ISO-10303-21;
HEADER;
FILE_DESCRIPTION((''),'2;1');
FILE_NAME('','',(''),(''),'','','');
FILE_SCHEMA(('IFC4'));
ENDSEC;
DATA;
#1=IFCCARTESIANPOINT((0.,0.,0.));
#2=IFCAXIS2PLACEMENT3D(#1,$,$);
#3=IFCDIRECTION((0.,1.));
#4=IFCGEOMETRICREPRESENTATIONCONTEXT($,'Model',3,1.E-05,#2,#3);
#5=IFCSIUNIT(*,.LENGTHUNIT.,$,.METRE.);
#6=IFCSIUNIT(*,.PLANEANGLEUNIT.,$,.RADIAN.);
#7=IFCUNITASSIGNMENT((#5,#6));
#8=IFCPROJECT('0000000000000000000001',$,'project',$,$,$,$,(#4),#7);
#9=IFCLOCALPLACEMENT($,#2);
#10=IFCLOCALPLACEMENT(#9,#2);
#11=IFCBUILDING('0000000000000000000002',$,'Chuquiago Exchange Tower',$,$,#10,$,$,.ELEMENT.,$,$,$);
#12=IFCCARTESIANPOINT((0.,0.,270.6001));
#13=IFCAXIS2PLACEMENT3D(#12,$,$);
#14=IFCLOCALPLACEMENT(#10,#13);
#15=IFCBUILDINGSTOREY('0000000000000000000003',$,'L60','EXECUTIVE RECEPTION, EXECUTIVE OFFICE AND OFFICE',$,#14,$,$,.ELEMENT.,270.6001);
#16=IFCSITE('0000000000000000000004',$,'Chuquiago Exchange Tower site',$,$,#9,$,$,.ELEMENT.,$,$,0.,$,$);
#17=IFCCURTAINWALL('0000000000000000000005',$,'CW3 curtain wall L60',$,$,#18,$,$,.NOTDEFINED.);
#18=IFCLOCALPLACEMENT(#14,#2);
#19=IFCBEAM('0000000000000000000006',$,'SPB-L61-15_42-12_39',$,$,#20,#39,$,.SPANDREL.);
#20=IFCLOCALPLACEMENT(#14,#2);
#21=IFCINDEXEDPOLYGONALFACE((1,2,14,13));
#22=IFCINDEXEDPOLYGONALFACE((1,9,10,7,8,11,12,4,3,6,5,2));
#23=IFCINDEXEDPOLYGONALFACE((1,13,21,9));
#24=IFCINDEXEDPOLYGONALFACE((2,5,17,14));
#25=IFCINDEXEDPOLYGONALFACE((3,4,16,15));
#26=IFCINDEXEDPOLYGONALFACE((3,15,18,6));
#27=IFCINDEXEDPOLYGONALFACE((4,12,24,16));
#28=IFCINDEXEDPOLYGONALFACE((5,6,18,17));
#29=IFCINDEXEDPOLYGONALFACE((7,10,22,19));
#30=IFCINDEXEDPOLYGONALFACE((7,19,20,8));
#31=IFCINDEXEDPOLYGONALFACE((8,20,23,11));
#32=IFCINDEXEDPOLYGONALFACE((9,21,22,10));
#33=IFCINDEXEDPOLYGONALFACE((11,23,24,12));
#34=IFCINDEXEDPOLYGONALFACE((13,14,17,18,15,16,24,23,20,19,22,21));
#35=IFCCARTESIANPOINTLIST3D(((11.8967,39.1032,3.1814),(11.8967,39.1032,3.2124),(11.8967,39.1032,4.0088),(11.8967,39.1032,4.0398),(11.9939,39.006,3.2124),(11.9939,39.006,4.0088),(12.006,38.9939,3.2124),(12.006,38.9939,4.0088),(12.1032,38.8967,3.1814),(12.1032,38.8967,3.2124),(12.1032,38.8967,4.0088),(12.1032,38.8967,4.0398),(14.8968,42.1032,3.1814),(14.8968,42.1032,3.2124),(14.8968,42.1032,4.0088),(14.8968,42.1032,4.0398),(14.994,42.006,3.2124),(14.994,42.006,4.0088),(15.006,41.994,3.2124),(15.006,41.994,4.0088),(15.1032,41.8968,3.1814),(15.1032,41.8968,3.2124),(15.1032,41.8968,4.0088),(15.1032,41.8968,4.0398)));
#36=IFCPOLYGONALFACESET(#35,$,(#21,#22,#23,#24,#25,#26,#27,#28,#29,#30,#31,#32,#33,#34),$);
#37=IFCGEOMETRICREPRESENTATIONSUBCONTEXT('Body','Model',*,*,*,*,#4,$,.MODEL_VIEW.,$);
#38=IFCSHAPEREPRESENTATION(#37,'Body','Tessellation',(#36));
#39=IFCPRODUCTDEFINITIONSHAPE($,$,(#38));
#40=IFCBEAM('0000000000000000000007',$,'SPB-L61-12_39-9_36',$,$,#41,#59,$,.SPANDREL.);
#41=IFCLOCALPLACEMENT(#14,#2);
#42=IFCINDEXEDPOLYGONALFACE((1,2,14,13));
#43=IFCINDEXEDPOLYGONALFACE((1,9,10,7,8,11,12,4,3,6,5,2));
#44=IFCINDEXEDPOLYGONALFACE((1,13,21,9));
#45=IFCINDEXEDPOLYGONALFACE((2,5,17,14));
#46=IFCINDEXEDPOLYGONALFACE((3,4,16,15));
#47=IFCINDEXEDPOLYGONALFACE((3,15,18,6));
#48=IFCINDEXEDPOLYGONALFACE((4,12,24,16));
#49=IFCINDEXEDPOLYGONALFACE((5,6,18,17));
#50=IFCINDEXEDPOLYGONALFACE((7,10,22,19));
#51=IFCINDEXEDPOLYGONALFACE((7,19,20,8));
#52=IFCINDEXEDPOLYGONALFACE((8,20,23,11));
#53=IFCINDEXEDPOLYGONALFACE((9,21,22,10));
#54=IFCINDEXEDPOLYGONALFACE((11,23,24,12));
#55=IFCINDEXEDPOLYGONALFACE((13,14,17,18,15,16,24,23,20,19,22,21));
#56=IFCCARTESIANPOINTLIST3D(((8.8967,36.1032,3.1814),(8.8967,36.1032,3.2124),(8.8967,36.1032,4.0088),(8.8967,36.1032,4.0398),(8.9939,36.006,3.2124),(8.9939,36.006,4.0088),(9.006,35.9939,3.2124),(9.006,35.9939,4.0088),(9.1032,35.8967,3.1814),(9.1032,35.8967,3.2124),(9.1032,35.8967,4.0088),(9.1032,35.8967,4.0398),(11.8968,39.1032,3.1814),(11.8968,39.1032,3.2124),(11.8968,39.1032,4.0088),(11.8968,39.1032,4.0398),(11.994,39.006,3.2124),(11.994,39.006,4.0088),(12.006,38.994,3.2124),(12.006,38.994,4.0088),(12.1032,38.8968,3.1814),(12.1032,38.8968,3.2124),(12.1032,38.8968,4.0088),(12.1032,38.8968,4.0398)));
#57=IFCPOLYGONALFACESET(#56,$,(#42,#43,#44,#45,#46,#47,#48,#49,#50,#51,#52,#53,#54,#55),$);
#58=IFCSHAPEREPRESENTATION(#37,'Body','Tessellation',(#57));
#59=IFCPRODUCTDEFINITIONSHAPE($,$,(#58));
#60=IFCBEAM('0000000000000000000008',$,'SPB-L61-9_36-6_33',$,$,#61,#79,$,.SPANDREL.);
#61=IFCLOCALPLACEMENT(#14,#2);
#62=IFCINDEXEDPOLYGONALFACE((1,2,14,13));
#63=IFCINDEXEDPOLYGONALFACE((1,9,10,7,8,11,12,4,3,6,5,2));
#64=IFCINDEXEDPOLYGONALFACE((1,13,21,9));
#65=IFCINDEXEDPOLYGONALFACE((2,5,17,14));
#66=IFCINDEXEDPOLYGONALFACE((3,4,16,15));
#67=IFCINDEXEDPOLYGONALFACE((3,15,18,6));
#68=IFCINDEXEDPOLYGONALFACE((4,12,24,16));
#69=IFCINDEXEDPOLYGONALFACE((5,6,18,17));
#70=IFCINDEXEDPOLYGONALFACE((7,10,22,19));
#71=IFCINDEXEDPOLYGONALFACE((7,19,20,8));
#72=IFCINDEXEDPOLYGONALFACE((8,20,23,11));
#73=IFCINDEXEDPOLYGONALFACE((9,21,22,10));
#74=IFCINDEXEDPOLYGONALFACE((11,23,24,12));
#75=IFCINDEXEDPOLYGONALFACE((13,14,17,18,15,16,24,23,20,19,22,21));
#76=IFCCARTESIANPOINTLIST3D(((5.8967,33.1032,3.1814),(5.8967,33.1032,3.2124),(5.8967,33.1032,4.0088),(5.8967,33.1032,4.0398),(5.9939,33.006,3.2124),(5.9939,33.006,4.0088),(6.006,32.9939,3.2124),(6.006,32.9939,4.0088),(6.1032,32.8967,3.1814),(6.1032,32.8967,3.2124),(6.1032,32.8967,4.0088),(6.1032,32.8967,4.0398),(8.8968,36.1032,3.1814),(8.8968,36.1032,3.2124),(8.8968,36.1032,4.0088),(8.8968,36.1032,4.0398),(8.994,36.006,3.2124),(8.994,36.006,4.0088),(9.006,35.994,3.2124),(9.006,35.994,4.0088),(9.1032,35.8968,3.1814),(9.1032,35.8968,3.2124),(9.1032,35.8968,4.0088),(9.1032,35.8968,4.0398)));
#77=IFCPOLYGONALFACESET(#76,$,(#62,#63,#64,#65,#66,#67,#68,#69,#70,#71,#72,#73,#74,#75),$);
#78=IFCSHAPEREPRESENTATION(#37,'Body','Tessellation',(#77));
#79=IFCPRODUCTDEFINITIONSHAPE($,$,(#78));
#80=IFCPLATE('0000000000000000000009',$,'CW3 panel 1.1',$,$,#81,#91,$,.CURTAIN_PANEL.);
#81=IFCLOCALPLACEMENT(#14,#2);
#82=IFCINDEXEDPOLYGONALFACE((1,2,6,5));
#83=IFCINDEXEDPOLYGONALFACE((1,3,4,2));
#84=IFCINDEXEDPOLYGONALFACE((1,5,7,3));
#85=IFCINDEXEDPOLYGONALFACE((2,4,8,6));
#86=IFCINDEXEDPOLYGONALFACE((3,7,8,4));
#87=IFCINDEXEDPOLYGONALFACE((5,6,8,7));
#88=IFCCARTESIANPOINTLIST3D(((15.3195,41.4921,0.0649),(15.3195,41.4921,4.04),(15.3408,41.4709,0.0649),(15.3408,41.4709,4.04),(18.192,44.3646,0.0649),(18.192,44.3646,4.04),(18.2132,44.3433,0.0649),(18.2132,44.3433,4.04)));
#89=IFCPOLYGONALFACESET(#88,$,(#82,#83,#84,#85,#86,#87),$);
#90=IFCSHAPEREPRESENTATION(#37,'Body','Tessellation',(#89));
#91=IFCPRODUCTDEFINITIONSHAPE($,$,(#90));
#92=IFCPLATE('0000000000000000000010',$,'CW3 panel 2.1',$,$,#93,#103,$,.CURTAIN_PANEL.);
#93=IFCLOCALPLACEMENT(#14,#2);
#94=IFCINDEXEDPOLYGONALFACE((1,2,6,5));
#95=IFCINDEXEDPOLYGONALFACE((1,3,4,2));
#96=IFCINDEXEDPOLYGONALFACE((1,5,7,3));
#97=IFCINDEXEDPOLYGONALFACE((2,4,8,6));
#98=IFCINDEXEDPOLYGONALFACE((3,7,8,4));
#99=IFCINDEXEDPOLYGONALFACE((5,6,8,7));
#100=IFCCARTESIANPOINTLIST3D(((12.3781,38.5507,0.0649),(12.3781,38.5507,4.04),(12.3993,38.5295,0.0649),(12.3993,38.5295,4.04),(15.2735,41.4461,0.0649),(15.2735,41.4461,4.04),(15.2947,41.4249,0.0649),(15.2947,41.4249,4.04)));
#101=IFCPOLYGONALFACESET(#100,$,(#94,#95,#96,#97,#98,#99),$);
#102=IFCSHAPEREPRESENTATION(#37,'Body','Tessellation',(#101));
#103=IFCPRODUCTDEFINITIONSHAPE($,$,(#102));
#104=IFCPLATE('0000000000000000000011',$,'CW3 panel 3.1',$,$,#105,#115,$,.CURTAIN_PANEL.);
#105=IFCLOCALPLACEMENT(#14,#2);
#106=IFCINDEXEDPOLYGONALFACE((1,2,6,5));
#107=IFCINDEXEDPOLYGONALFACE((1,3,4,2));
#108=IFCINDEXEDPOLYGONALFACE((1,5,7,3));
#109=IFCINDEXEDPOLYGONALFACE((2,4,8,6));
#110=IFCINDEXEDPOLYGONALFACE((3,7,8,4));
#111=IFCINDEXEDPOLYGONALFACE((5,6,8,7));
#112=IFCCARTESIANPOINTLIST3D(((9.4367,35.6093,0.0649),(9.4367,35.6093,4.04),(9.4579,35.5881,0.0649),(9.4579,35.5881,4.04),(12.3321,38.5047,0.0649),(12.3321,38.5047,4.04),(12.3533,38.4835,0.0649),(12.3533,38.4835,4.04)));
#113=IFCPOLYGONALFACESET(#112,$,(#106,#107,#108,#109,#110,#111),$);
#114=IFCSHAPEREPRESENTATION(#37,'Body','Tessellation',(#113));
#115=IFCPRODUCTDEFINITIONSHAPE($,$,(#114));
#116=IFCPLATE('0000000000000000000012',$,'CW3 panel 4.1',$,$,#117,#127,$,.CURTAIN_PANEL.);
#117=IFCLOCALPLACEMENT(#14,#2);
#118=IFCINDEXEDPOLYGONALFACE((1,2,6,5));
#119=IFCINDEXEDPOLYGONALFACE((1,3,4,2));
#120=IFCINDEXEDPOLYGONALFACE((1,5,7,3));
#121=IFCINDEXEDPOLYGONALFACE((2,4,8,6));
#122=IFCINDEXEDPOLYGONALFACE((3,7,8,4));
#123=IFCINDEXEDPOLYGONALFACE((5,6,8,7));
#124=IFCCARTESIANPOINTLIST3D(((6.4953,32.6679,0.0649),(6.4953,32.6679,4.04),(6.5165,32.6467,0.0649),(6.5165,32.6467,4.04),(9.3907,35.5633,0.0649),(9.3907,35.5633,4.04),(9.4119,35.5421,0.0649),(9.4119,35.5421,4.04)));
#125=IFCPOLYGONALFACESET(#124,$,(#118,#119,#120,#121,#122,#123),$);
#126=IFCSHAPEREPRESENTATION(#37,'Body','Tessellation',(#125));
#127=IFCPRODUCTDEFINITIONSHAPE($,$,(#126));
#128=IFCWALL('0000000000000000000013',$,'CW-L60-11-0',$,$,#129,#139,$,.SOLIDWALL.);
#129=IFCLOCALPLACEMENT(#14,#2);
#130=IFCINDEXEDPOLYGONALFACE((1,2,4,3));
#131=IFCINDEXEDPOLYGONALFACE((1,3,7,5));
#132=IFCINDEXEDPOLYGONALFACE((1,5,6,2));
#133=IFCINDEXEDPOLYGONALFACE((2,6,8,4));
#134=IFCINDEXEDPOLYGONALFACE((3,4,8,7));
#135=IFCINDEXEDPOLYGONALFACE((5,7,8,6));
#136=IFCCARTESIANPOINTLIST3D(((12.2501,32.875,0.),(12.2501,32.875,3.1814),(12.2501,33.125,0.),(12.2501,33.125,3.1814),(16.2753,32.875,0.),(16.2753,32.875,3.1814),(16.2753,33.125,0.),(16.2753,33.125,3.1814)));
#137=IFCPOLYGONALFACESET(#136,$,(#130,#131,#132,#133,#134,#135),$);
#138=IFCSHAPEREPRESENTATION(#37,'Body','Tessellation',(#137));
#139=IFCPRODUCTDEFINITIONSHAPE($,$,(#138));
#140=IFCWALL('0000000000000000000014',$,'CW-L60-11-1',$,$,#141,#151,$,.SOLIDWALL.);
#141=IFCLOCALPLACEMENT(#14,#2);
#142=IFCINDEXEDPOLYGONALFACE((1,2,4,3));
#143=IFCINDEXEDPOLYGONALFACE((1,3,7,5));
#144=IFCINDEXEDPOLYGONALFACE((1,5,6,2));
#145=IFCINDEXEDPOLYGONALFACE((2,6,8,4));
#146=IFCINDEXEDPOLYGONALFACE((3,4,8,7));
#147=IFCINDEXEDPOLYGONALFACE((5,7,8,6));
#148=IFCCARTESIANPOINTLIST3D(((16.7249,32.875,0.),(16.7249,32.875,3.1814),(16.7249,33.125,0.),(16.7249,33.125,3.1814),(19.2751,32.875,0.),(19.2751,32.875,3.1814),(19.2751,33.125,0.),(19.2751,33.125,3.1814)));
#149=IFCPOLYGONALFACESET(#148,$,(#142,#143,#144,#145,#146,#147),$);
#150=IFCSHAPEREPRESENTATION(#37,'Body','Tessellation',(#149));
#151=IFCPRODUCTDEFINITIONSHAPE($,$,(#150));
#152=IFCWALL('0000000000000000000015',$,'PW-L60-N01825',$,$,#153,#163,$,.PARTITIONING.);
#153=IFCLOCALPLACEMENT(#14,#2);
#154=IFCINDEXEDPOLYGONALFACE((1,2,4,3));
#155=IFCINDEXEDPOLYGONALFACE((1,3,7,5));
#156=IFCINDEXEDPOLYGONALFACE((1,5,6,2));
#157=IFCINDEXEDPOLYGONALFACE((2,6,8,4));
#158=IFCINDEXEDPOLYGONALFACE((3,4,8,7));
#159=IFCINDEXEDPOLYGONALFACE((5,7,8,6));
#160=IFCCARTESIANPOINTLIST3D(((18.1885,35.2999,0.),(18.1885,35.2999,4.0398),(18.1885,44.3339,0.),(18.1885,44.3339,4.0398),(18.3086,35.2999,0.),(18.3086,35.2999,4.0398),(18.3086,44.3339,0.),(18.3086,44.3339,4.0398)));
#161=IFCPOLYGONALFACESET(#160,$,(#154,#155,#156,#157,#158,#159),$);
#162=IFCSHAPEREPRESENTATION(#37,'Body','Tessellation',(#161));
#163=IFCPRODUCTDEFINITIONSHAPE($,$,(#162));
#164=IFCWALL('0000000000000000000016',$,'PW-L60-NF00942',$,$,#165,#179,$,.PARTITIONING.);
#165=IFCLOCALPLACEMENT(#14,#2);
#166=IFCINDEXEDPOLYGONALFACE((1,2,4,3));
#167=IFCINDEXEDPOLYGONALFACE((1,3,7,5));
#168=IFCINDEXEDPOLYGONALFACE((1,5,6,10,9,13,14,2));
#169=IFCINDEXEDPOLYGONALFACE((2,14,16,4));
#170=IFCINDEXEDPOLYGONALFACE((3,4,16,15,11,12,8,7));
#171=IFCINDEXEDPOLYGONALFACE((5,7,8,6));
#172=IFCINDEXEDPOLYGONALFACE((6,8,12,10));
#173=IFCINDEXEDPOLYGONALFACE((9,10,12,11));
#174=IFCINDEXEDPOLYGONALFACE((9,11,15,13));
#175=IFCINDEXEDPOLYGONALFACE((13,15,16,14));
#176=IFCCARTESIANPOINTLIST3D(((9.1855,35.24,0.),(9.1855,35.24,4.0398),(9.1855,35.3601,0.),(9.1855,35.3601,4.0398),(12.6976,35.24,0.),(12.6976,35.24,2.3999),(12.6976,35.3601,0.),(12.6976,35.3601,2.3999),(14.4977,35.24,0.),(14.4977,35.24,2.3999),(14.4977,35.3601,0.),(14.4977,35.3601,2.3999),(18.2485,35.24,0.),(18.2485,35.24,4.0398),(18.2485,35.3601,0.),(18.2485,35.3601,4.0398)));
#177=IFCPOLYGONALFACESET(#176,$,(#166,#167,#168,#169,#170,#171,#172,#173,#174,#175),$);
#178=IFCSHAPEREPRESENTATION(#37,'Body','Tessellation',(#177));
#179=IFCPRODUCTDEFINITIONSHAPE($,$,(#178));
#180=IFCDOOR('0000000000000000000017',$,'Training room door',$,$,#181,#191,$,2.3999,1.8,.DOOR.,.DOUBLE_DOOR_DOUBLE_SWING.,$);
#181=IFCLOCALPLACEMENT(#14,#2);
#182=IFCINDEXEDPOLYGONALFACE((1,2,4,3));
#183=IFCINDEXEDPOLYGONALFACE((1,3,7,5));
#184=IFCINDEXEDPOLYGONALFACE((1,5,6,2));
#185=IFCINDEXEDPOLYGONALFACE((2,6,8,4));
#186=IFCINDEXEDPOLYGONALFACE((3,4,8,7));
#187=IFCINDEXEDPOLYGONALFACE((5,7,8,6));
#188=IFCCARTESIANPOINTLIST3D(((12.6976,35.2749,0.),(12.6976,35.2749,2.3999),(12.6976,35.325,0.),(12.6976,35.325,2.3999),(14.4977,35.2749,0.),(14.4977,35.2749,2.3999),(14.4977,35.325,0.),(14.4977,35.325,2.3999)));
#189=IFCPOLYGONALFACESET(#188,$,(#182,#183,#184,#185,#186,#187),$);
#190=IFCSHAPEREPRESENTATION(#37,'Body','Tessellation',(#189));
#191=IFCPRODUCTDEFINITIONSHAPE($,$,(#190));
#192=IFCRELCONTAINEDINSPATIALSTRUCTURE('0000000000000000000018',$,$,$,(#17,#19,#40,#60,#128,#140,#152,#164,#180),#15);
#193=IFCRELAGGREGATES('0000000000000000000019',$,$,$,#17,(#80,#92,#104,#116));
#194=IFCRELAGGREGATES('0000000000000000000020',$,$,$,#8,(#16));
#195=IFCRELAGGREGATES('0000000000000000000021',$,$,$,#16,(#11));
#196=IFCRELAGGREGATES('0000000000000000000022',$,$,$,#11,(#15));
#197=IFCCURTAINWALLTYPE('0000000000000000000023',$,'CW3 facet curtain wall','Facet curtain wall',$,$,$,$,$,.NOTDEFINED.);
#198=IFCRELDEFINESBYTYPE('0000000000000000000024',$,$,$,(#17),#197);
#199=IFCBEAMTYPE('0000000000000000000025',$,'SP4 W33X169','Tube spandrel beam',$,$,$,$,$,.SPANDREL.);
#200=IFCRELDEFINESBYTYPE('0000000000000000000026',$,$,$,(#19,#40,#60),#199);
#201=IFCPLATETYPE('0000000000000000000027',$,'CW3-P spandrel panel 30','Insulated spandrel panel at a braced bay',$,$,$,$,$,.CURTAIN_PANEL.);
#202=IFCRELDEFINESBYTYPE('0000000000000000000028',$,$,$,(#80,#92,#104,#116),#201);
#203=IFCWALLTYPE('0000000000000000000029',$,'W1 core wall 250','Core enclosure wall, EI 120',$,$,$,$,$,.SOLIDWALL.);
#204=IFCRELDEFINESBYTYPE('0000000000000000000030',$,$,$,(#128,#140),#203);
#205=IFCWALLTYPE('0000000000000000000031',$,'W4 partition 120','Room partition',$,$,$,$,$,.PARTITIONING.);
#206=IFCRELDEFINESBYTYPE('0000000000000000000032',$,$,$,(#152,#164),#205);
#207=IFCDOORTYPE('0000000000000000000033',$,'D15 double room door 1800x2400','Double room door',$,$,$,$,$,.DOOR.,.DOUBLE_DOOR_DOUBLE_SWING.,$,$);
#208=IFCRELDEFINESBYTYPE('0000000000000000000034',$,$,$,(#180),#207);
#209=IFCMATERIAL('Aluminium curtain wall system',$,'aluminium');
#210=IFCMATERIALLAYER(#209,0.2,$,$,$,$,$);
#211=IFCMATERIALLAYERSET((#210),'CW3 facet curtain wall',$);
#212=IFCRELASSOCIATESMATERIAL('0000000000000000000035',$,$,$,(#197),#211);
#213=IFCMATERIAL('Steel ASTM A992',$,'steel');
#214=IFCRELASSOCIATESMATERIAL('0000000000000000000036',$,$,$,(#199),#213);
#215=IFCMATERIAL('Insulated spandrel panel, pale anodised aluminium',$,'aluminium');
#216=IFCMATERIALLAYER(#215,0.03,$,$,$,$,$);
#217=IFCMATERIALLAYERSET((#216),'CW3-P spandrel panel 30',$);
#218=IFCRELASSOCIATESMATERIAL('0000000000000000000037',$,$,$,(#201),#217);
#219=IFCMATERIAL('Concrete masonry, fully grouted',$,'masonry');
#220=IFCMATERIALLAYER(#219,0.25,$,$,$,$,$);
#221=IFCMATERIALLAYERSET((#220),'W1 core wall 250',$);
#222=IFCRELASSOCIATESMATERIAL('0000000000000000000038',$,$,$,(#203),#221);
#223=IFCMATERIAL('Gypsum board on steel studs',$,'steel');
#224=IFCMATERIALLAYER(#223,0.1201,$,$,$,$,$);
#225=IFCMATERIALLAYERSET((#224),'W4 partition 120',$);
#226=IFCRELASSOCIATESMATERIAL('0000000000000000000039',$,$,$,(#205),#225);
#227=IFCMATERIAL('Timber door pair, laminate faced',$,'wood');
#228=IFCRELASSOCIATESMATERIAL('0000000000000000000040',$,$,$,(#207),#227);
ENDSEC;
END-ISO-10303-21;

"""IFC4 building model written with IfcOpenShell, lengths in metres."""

from ifc_helpers import new_model, si_unit, direction, frame, frame_2d, origin, origin_2d, place, context, subcontext, project, spatial, rectangle, i_section, extrude, material, layer, layer_set, material_profile, profile_set, type_object, element, fill, aggregate, save


model = new_model("IFC4")

# Units and contexts
model_context = context("Model", 3, precision=1e-05, world=origin(), true_north=direction((0.0, 1.0)))
body_context = subcontext(model_context, "Body", "Model", "MODEL_VIEW")
ifc_project = project(units=[si_unit("LENGTHUNIT", "METRE"), si_unit("PLANEANGLEUNIT", "RADIAN")], contexts=[model_context])

# Site, building, storey
site_placement = place(None, origin())
site = spatial("IfcSite", under=ifc_project, at=site_placement, Name="Chuquiago Exchange Tower site", CompositionType="ELEMENT", RefElevation=0.0)
building_placement = place(site_placement, origin())
building = spatial("IfcBuilding", under=site, at=building_placement, Name="Chuquiago Exchange Tower", CompositionType="ELEMENT")
storey_placement = place(building_placement, frame((0.0, 0.0, 270.6001)))
storey = spatial("IfcBuildingStorey", under=building, at=storey_placement, Name="L60", Description="EXECUTIVE RECEPTION, EXECUTIVE OFFICE AND OFFICE", CompositionType="ELEMENT", Elevation=270.6001)

# Curtain wall
ifc_material_1 = material(Name="Aluminium curtain wall system", Category="aluminium")
ifc_layer_1 = layer(ifc_material_1, 0.2)
ifc_layer_set_1 = layer_set([ifc_layer_1], Name="CW3 facet curtain wall")
curtain_wall_type = type_object("IfcCurtainWallType", Name="CW3 facet curtain wall", Description="Facet curtain wall", PredefinedType="NOTDEFINED", material=ifc_layer_set_1)
curtain_wall_placement = place(storey_placement, origin())
curtain_wall = element("IfcCurtainWall", 1, at=curtain_wall_placement, inside=storey, type_object=curtain_wall_type, Name="CW3 curtain wall L60", PredefinedType="NOTDEFINED")

# Beams
ifc_material_2 = material(Name="Steel ASTM A992", Category="steel")
ifc_material_profile_1 = material_profile(ifc_material_2, i_section(OverallWidth=0.292, OverallDepth=0.8584, WebThickness=0.0171, FlangeThickness=0.031, at=origin_2d()), Name="W33X169")
ifc_profile_set_1 = profile_set([ifc_material_profile_1], Name="Steel ASTM A992")
beam_type_1 = type_object("IfcBeamType", Name="SP4 W33X169", Description="Tube spandrel beam", PredefinedType="SPANDREL", material=ifc_profile_set_1)
for number, where, z_axis, x_axis, name in (
    (2, (15.0, 42.0, 3.6106), (-0.707107, -0.707107, 0.0), (0.707107, -0.707107, 0.0), "SPB-L61-15_42-12_39"),
    (3, (12.0, 39.0, 3.6106), (-0.707107, -0.707107, 0.0), (0.707107, -0.707107, 0.0), "SPB-L61-12_39-9_36"),
    (4, (9.0, 36.0, 3.6106), (-0.707107, -0.707107, 0.0), (0.707107, -0.707107, 0.0), "SPB-L61-9_36-6_33"),
):
    element("IfcBeam", number, at=place(storey_placement, frame(where, z_axis=z_axis, x_axis=x_axis)), inside=storey, type_object=beam_type_1, Name=name, PredefinedType="SPANDREL", context=body_context, shape_type="SweptSolid", body=[
        extrude(i_section(OverallWidth=0.292, OverallDepth=0.8584, WebThickness=0.0171, FlangeThickness=0.031, at=origin_2d()), origin(), (0.0, 0.0, 1.0), 4.2427),
    ])

# Plates
ifc_material_3 = material(Name="Insulated spandrel panel, pale anodised aluminium", Category="aluminium")
ifc_layer_2 = layer(ifc_material_3, 0.03)
ifc_layer_set_2 = layer_set([ifc_layer_2], Name="CW3-P spandrel panel 30")
plate_type = type_object("IfcPlateType", Name="CW3-P spandrel panel 30", Description="Insulated spandrel panel at a braced bay", PredefinedType="CURTAIN_PANEL", material=ifc_layer_set_2)
plate_1_placement = place(storey_placement, frame((16.7664, 42.9177, 0.0649), z_axis=(0.0, 0.0, 1.0), x_axis=(-0.707107, -0.707107, 0.0)))
plate_1 = element("IfcPlate", 5, at=plate_1_placement, type_object=plate_type, Name="CW3 panel 1.1", PredefinedType="CURTAIN_PANEL", context=body_context, shape_type="SweptSolid", body=[
    extrude(rectangle(XDim=4.0623, YDim=0.03, at=origin_2d()), origin(), (0.0, 0.0, 1.0), 3.9751),
])
plate_2_placement = place(storey_placement, frame((13.8364, 39.9878, 0.0649), z_axis=(0.0, 0.0, 1.0), x_axis=(-0.707107, -0.707107, 0.0)))
plate_2 = element("IfcPlate", 6, at=plate_2_placement, type_object=plate_type, Name="CW3 panel 2.1", PredefinedType="CURTAIN_PANEL", context=body_context, shape_type="SweptSolid", body=[
    extrude(rectangle(XDim=4.0947, YDim=0.03, at=origin_2d()), origin(), (0.0, 0.0, 1.0), 3.9751),
])
plate_3_placement = place(storey_placement, frame((10.895, 37.0464, 0.0649), z_axis=(0.0, 0.0, 1.0), x_axis=(-0.707107, -0.707107, 0.0)))
plate_3 = element("IfcPlate", 7, at=plate_3_placement, type_object=plate_type, Name="CW3 panel 3.1", PredefinedType="CURTAIN_PANEL", context=body_context, shape_type="SweptSolid", body=[
    extrude(rectangle(XDim=4.0947, YDim=0.03, at=origin_2d()), origin(), (0.0, 0.0, 1.0), 3.9751),
])
plate_4_placement = place(storey_placement, frame((7.9536, 34.105, 0.0649), z_axis=(0.0, 0.0, 1.0), x_axis=(-0.707107, -0.707107, 0.0)))
plate_4 = element("IfcPlate", 8, at=plate_4_placement, type_object=plate_type, Name="CW3 panel 4.1", PredefinedType="CURTAIN_PANEL", context=body_context, shape_type="SweptSolid", body=[
    extrude(rectangle(XDim=4.0947, YDim=0.03, at=origin_2d()), origin(), (0.0, 0.0, 1.0), 3.9751),
])
aggregate(curtain_wall, [plate_1, plate_2, plate_3, plate_4])

# Walls
ifc_material_4 = material(Name="Concrete masonry, fully grouted", Category="masonry")
ifc_layer_3 = layer(ifc_material_4, 0.25)
ifc_layer_set_3 = layer_set([ifc_layer_3], Name="W1 core wall 250")
wall_type_1 = type_object("IfcWallType", Name="W1 core wall 250", Description="Core enclosure wall, EI 120", PredefinedType="SOLIDWALL", material=ifc_layer_set_3)
wall_1_placement = place(storey_placement, frame((12.25, 33.0, 0.0), z_axis=(0.0, 0.0, 1.0), x_axis=(1.0, 0.0, 0.0)))
element("IfcWall", 9, at=wall_1_placement, inside=storey, type_object=wall_type_1, Name="CW-L60-11-0", PredefinedType="SOLIDWALL", context=body_context, shape_type="SweptSolid", body=[
    extrude(rectangle(XDim=4.0251, YDim=0.25, at=frame_2d((2.0127, 0.0))), origin(), (0.0, 0.0, 1.0), 3.1814),
])
wall_2_placement = place(storey_placement, frame((16.7249, 33.0, 0.0), z_axis=(0.0, 0.0, 1.0), x_axis=(1.0, 0.0, 0.0)))
element("IfcWall", 10, at=wall_2_placement, inside=storey, type_object=wall_type_1, Name="CW-L60-11-1", PredefinedType="SOLIDWALL", context=body_context, shape_type="SweptSolid", body=[
    extrude(rectangle(XDim=2.5503, YDim=0.25, at=frame_2d((1.2751, 0.0))), origin(), (0.0, 0.0, 1.0), 3.1814),
])
ifc_material_5 = material(Name="Gypsum board on steel studs", Category="steel")
ifc_layer_4 = layer(ifc_material_5, 0.1201)
ifc_layer_set_4 = layer_set([ifc_layer_4], Name="W4 partition 120")
wall_type_2 = type_object("IfcWallType", Name="W4 partition 120", Description="Room partition", PredefinedType="PARTITIONING", material=ifc_layer_set_4)
wall_3_placement = place(storey_placement, frame((18.2485, 44.334, 0.0), z_axis=(0.0, 0.0, 1.0), x_axis=(0.0, -1.0, 0.0)))
element("IfcWall", 11, at=wall_3_placement, inside=storey, type_object=wall_type_2, Name="PW-L60-N01825", PredefinedType="PARTITIONING", context=body_context, shape_type="SweptSolid", body=[
    extrude(rectangle(XDim=9.0339, YDim=0.1201, at=frame_2d((4.5171, 0.0))), origin(), (0.0, 0.0, 1.0), 4.0398),
])

# Wall, opening, door
wall_4_placement = place(storey_placement, frame((9.1855, 35.3, 0.0), z_axis=(0.0, 0.0, 1.0), x_axis=(1.0, 0.0, 0.0)))
wall_4 = element("IfcWall", 12, at=wall_4_placement, inside=storey, type_object=wall_type_2, Name="PW-L60-NF00942", PredefinedType="PARTITIONING", context=body_context, shape_type="SweptSolid", body=[
    extrude(rectangle(XDim=9.063, YDim=0.1201, at=frame_2d((4.5315, 0.0))), origin(), (0.0, 0.0, 1.0), 4.0398),
])
opening_placement = place(wall_4_placement, frame((3.5122, 0.0, 0.0)))
opening = element("IfcOpeningElement", 13, at=opening_placement, cuts=wall_4, PredefinedType="OPENING", context=body_context, shape_type="SweptSolid", body=[
    extrude(rectangle(XDim=1.8, YDim=2.3999, at=frame_2d((0.8999, 1.2))), frame((0.0, 0.0701, 0.0), z_axis=(0.0, -1.0, 0.0), x_axis=(1.0, 0.0, 0.0)), (0.0, 0.0, 1.0), 0.1401),
])
ifc_material_6 = material(Name="Timber door pair, laminate faced", Category="wood")
door_type = type_object("IfcDoorType", Name="D15 double room door 1800x2400", Description="Double room door", OperationType="DOUBLE_DOOR_DOUBLE_SWING", PredefinedType="DOOR", material=ifc_material_6)
door_placement = place(opening_placement, origin())
door = element("IfcDoor", 14, at=door_placement, inside=storey, type_object=door_type, Name="Training room door", OperationType="DOUBLE_DOOR_DOUBLE_SWING", OverallHeight=2.3999, OverallWidth=1.8, PredefinedType="DOOR", context=body_context, shape_type="SweptSolid", body=[
    extrude(rectangle(XDim=1.8, YDim=2.3999, at=frame_2d((0.8999, 1.2))), frame((0.0, 0.0249, 0.0), z_axis=(0.0, -1.0, 0.0), x_axis=(1.0, 0.0, 0.0)), (0.0, 0.0, 1.0), 0.05),
])
fill(opening, door)

save(model, "model.ifc")
